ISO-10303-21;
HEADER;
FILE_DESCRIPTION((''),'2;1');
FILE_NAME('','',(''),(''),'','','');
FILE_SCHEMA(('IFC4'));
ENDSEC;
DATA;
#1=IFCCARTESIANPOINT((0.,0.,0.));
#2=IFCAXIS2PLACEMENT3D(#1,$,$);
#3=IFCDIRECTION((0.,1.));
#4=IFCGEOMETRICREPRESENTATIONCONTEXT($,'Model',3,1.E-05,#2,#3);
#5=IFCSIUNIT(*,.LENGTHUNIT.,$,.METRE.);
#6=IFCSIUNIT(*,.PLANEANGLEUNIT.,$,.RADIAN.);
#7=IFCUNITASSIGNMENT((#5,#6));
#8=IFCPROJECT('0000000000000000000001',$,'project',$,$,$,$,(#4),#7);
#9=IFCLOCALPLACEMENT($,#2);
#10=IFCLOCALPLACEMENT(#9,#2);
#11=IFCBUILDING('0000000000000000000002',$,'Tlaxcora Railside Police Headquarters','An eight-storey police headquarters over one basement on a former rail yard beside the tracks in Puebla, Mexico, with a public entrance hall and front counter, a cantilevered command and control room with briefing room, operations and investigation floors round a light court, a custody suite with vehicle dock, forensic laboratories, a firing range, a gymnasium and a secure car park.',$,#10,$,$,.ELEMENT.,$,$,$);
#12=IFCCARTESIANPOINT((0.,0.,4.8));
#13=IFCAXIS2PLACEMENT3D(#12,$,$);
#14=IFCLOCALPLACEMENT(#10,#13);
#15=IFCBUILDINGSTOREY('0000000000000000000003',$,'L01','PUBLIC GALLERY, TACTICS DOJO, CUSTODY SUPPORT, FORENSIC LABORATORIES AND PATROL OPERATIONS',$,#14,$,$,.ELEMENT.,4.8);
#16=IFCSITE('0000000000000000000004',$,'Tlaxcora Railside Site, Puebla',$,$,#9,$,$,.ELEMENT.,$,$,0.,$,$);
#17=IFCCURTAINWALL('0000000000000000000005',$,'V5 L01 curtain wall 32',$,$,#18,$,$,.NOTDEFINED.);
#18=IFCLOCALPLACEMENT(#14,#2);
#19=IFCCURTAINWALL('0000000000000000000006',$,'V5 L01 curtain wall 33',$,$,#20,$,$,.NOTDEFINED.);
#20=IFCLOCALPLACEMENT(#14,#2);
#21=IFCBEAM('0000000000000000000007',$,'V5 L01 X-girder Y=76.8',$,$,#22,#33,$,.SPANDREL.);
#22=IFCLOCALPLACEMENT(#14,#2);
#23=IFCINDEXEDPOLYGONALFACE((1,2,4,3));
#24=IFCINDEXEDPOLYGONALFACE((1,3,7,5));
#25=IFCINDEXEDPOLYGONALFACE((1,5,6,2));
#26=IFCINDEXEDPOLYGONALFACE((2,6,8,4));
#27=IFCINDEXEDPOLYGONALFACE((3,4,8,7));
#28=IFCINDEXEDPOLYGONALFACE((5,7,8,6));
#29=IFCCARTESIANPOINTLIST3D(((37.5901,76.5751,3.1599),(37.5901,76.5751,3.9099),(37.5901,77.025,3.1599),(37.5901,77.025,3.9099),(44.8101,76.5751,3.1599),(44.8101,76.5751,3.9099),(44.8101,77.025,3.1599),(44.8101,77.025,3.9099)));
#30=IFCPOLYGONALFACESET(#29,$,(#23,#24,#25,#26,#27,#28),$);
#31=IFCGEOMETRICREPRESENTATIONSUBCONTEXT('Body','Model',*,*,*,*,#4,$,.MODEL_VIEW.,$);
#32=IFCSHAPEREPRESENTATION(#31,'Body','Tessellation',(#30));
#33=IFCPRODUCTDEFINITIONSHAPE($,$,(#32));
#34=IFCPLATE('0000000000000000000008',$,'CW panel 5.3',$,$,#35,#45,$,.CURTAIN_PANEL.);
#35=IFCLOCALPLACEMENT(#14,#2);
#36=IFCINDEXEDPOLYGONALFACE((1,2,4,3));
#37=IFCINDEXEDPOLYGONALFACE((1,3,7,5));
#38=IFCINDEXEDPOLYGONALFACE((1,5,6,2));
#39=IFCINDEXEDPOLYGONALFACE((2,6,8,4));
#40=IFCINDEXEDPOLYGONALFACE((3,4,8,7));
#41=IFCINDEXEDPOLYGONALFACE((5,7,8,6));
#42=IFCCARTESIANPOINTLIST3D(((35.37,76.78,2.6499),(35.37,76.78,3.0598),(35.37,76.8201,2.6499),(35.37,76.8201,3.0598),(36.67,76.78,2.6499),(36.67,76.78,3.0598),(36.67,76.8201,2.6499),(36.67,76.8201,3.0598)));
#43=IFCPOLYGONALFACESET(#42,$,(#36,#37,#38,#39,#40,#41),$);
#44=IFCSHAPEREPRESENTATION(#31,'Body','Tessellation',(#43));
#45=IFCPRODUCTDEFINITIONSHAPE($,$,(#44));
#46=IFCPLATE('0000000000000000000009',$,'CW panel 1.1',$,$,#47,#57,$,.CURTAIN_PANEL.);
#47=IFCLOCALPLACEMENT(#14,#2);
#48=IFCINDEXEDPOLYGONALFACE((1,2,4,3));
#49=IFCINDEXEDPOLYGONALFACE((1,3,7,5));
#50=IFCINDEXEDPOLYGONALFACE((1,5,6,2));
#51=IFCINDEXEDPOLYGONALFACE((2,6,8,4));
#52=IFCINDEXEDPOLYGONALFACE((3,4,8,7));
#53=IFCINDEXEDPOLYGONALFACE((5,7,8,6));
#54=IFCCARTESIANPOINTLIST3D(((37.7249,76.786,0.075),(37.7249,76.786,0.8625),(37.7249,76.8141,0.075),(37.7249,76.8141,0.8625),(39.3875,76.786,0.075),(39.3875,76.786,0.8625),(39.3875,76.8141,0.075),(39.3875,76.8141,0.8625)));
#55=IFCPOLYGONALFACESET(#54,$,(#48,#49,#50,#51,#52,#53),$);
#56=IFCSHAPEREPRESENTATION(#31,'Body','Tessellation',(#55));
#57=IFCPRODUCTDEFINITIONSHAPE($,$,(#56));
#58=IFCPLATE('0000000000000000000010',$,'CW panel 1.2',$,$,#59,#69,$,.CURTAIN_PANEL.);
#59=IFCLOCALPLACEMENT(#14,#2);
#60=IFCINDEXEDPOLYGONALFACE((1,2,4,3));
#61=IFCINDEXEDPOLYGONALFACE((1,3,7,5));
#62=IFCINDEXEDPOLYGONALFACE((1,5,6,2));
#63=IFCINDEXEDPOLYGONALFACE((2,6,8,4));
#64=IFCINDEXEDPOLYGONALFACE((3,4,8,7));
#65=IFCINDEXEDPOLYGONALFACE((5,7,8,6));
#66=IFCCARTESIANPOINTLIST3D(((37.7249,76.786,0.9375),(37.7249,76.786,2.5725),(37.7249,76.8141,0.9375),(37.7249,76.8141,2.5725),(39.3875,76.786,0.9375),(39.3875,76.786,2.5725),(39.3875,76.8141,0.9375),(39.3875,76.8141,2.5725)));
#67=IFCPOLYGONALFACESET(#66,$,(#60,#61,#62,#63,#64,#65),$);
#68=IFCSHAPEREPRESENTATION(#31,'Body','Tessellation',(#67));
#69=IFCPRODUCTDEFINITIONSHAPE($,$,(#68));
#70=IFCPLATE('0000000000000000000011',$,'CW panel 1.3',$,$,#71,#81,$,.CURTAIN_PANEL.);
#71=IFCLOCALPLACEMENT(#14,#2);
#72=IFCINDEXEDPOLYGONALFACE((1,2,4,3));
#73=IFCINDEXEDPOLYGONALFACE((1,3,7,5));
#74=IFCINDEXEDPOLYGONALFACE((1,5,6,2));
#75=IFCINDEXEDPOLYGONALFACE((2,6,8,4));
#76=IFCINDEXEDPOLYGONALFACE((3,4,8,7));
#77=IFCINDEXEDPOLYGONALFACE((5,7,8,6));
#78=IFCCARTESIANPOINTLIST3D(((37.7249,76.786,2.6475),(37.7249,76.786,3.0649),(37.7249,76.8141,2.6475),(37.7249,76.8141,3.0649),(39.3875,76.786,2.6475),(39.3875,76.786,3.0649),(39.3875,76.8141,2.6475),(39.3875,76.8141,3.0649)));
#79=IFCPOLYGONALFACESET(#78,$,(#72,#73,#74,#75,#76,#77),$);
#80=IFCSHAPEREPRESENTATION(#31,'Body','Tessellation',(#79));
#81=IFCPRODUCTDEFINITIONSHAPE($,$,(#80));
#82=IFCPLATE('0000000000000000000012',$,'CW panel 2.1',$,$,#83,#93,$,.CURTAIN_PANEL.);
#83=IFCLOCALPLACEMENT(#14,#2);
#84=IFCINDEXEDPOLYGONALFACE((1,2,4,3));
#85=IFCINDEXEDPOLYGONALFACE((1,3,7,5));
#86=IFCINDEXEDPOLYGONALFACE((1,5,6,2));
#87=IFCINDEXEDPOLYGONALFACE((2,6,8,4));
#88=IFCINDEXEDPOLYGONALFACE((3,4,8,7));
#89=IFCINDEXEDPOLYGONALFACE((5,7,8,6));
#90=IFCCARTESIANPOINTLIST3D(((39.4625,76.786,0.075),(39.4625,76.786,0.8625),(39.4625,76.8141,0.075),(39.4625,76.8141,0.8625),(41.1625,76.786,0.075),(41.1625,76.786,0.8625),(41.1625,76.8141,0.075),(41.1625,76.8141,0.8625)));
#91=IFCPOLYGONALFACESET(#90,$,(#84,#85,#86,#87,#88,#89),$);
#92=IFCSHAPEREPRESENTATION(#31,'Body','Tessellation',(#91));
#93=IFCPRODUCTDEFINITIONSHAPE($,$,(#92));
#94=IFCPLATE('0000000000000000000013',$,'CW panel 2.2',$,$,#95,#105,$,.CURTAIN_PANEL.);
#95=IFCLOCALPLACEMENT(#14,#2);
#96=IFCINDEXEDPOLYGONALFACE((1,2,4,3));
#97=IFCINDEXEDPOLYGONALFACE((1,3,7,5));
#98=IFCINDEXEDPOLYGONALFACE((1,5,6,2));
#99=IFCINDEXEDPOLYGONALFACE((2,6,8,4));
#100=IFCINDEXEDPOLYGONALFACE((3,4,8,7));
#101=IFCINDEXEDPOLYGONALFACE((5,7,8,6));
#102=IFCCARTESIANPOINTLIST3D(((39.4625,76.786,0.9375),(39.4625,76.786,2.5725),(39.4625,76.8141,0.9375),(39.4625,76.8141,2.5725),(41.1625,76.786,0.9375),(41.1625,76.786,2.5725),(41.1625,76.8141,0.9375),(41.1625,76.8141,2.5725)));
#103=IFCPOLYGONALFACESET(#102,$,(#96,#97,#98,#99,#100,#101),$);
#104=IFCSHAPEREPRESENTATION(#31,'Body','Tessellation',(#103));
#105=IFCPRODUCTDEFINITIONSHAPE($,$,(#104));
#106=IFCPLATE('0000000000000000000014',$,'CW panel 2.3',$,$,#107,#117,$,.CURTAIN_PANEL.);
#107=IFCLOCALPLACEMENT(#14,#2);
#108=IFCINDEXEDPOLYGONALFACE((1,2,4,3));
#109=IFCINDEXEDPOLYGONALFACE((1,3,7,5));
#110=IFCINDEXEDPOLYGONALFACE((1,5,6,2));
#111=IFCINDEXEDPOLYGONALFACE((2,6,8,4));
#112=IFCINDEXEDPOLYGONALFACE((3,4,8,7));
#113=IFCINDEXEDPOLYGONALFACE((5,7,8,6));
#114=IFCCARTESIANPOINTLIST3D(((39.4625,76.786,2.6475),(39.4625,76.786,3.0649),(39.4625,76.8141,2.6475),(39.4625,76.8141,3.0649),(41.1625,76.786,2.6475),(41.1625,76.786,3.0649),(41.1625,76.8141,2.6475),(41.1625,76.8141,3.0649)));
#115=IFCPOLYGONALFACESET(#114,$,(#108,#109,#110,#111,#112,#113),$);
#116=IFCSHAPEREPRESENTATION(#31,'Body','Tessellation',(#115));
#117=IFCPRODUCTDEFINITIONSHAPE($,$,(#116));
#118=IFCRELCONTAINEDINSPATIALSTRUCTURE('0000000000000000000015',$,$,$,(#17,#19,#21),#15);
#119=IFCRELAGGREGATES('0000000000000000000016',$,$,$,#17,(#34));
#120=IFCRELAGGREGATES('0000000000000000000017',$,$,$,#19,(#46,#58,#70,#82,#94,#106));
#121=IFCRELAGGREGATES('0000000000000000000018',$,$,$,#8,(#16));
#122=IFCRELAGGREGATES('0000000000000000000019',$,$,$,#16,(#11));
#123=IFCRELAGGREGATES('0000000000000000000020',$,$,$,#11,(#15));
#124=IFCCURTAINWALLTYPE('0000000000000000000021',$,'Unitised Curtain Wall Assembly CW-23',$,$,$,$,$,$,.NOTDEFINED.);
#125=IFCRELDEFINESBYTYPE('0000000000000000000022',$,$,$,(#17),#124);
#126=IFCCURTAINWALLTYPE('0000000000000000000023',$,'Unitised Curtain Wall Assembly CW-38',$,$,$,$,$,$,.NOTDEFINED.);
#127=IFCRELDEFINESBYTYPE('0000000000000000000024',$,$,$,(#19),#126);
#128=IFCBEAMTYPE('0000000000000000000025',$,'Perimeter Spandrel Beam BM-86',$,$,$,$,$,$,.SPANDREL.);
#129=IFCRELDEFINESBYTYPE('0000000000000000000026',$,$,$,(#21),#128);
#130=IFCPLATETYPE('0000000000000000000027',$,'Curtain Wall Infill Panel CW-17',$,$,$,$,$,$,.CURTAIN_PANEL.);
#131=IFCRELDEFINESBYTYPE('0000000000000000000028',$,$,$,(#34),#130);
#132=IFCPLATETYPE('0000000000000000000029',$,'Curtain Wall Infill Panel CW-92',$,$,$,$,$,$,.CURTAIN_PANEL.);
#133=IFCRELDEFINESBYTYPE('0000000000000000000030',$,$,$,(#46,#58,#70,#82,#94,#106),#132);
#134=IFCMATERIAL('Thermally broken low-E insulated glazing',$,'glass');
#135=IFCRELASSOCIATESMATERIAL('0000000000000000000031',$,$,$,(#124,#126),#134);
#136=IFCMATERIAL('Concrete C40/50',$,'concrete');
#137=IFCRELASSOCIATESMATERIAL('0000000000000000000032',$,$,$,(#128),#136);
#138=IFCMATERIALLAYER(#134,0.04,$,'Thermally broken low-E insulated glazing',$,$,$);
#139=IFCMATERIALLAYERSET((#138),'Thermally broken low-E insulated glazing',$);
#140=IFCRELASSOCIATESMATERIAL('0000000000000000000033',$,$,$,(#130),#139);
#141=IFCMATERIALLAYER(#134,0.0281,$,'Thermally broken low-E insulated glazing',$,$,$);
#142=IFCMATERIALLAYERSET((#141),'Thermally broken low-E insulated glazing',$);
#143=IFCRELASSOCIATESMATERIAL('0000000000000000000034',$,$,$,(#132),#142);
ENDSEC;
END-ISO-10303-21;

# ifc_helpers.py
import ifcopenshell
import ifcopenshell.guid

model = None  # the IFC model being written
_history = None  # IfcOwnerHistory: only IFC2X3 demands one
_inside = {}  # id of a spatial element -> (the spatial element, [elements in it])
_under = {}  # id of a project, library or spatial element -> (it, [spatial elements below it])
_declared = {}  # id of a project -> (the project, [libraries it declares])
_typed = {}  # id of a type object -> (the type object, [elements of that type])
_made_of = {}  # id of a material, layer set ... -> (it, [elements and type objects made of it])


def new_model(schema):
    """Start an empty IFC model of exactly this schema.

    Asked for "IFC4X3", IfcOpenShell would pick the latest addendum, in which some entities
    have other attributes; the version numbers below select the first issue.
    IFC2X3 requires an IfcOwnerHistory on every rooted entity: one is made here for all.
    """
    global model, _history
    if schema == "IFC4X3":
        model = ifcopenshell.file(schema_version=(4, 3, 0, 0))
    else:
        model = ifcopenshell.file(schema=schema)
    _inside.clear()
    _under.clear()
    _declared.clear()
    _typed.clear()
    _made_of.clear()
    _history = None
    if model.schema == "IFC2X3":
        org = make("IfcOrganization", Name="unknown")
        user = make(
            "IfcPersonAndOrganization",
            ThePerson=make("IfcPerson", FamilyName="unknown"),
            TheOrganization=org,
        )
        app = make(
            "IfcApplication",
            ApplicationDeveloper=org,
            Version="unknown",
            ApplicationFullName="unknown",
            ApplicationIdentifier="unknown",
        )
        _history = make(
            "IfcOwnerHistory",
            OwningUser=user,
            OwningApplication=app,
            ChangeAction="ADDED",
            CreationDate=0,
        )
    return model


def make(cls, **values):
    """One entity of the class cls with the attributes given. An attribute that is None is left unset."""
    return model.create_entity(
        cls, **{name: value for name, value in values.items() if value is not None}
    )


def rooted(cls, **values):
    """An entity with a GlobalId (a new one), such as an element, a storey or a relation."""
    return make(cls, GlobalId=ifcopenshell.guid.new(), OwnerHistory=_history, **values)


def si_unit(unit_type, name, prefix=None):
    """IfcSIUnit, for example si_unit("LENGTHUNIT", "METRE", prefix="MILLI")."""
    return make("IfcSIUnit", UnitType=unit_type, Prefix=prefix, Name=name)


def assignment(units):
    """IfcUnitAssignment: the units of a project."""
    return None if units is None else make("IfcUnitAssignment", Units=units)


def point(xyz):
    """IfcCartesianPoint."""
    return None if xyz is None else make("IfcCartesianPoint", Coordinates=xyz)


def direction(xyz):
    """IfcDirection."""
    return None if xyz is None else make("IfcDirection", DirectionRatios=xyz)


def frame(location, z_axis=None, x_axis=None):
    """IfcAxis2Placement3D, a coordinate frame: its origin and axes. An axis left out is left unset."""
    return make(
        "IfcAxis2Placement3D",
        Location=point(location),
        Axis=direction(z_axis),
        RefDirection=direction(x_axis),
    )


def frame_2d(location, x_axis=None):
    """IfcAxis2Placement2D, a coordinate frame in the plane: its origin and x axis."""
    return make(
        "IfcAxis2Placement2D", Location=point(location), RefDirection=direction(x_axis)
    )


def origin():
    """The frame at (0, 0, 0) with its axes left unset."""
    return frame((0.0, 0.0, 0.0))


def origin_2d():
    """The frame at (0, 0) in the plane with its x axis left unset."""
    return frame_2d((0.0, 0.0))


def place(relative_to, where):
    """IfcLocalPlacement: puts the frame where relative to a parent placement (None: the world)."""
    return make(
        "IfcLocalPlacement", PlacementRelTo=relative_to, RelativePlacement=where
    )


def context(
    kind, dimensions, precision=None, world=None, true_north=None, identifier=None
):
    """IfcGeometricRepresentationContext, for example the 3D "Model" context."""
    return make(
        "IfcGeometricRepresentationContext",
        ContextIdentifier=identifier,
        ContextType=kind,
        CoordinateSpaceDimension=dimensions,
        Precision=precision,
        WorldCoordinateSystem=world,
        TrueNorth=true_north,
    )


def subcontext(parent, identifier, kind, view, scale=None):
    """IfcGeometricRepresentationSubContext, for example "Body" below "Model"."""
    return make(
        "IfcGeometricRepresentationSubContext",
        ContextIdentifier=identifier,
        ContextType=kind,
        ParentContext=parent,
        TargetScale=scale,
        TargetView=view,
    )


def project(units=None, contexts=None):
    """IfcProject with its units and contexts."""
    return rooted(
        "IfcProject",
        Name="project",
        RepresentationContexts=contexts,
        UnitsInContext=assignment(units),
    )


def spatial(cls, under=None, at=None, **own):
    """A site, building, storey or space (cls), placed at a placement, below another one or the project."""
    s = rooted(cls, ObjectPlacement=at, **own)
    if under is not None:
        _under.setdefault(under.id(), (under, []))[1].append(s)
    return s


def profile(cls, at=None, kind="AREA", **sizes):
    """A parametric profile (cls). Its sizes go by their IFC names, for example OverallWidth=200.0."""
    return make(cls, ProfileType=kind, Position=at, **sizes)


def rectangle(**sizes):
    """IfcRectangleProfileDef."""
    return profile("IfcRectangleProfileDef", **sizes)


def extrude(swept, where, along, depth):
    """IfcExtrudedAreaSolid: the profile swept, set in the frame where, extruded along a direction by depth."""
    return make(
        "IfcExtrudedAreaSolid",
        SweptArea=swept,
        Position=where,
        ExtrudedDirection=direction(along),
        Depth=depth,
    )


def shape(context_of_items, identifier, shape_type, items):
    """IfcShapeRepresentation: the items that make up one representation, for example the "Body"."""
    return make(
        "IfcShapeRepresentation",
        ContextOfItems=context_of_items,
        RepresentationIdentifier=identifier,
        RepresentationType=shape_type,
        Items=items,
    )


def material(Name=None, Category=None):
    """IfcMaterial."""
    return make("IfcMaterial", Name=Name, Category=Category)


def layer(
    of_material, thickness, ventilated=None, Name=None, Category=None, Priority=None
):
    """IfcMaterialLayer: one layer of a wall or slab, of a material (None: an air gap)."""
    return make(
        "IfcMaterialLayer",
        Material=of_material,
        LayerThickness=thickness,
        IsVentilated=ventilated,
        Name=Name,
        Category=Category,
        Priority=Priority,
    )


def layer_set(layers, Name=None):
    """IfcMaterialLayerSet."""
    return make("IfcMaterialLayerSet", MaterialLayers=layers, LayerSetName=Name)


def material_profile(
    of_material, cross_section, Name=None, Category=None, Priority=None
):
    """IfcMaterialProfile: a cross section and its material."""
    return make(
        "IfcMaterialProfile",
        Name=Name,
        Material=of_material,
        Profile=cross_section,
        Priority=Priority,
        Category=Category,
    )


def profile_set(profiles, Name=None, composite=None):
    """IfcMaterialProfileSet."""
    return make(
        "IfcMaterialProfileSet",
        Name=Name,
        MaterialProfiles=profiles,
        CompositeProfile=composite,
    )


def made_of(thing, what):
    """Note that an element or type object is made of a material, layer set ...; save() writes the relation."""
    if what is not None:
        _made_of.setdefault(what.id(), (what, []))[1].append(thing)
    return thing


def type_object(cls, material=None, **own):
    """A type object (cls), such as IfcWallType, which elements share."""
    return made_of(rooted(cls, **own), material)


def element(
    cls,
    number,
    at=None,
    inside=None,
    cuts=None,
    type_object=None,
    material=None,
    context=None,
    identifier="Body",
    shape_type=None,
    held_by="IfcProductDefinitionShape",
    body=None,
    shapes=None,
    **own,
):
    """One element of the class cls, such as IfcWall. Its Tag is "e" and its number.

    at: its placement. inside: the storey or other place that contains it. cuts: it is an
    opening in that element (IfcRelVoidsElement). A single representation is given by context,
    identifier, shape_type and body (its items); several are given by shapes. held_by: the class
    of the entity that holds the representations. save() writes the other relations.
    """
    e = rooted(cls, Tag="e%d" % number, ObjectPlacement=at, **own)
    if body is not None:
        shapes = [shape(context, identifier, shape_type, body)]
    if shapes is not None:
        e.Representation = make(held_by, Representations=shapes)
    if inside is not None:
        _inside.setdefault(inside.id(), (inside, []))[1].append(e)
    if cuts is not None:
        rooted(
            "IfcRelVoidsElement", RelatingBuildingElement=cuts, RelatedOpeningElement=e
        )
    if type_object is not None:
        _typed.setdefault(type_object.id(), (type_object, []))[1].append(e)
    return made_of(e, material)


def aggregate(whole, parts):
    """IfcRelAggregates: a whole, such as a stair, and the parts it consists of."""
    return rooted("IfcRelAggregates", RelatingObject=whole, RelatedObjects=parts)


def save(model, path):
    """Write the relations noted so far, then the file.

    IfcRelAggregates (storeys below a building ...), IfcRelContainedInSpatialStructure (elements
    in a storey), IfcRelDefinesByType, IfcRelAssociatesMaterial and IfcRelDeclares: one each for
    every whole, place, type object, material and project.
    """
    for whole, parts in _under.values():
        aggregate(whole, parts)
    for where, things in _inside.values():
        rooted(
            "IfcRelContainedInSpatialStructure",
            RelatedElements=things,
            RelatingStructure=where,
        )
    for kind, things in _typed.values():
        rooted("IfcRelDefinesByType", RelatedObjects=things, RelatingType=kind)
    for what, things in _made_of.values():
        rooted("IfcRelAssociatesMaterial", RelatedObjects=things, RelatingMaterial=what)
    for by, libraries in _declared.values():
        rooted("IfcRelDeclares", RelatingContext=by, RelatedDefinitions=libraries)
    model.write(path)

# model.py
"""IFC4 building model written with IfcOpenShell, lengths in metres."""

from ifc_helpers import new_model, si_unit, direction, frame, origin, origin_2d, place, context, subcontext, project, spatial, rectangle, extrude, material, layer, layer_set, material_profile, profile_set, type_object, element, aggregate, save


model = new_model("IFC4")

# Units and contexts
model_context = context("Model", 3, precision=1e-05, world=origin(), true_north=direction((0.0, 1.0)))
body_context = subcontext(model_context, "Body", "Model", "MODEL_VIEW")
ifc_project = project(units=[si_unit("LENGTHUNIT", "METRE"), si_unit("PLANEANGLEUNIT", "RADIAN")], contexts=[model_context])

# Site, building, storey
site_placement = place(None, origin())
site = spatial("IfcSite", under=ifc_project, at=site_placement, Name="Tlaxcora Railside Site, Puebla", CompositionType="ELEMENT", RefElevation=0.0)
building_placement = place(site_placement, origin())
building = spatial("IfcBuilding", under=site, at=building_placement, Name="Tlaxcora Railside Police Headquarters", Description="An eight-storey police headquarters over one basement on a former rail yard beside the tracks in Puebla, Mexico, with a public entrance hall and front counter, a cantilevered command and control room with briefing room, operations and investigation floors round a light court, a custody suite with vehicle dock, forensic laboratories, a firing range, a gymnasium and a secure car park.", CompositionType="ELEMENT")
storey_placement = place(building_placement, frame((0.0, 0.0, 4.8)))
storey = spatial("IfcBuildingStorey", under=building, at=storey_placement, Name="L01", Description="PUBLIC GALLERY, TACTICS DOJO, CUSTODY SUPPORT, FORENSIC LABORATORIES AND PATROL OPERATIONS", CompositionType="ELEMENT", Elevation=4.8)

# Shared definitions
ifc_material_1 = material(Name="Concrete C40/50", Category="concrete")

# Curtain wall
ifc_material_2 = material(Name="Thermally broken low-E insulated glazing", Category="glass")
curtain_wall_type_1 = type_object("IfcCurtainWallType", Name="Unitised Curtain Wall Assembly CW-23", PredefinedType="NOTDEFINED", material=ifc_material_2)
curtain_wall_1_placement = place(storey_placement, origin())
curtain_wall_1 = element("IfcCurtainWall", 1, at=curtain_wall_1_placement, inside=storey, type_object=curtain_wall_type_1, Name="V5 L01 curtain wall 32", PredefinedType="NOTDEFINED")

# Curtain wall
curtain_wall_type_2 = type_object("IfcCurtainWallType", Name="Unitised Curtain Wall Assembly CW-38", PredefinedType="NOTDEFINED", material=ifc_material_2)
curtain_wall_2_placement = place(storey_placement, origin())
curtain_wall_2 = element("IfcCurtainWall", 2, at=curtain_wall_2_placement, inside=storey, type_object=curtain_wall_type_2, Name="V5 L01 curtain wall 33", PredefinedType="NOTDEFINED")

# Beam
ifc_material_profile_1 = material_profile(ifc_material_1, rectangle(XDim=0.45, YDim=0.75, at=origin_2d()), Name="RC450X750")
ifc_profile_set_1 = profile_set([ifc_material_profile_1], Name="Concrete C40/50")
beam_type = type_object("IfcBeamType", Name="Perimeter Spandrel Beam BM-86", PredefinedType="SPANDREL", material=ifc_profile_set_1)
beam_placement = place(storey_placement, frame((37.5901, 76.8, 3.5349), z_axis=(1.0, 0.0, 0.0), x_axis=(0.0, 1.0, 0.0)))
element("IfcBeam", 3, at=beam_placement, inside=storey, type_object=beam_type, Name="V5 L01 X-girder Y=76.8", PredefinedType="SPANDREL", context=body_context, shape_type="SweptSolid", body=[
    extrude(rectangle(XDim=0.45, YDim=0.75, at=origin_2d()), origin(), (0.0, 0.0, 1.0), 7.22),
])

# Plates
ifc_layer_1 = layer(ifc_material_2, 0.04, Name="Thermally broken low-E insulated glazing")
ifc_layer_set_1 = layer_set([ifc_layer_1], Name="Thermally broken low-E insulated glazing")
plate_type_1 = type_object("IfcPlateType", Name="Curtain Wall Infill Panel CW-17", PredefinedType="CURTAIN_PANEL", material=ifc_layer_set_1)
plate_1_placement = place(storey_placement, frame((36.02, 76.8, 2.6499), z_axis=(0.0, 0.0, 1.0), x_axis=(1.0, 0.0, 0.0)))
plate_1 = element("IfcPlate", 4, at=plate_1_placement, type_object=plate_type_1, Name="CW panel 5.3", PredefinedType="CURTAIN_PANEL", context=body_context, shape_type="SweptSolid", body=[
    extrude(rectangle(XDim=1.3, YDim=0.04, at=origin_2d()), origin(), (0.0, 0.0, 1.0), 0.4099),
])
aggregate(curtain_wall_1, [plate_1])
ifc_layer_2 = layer(ifc_material_2, 0.0281, Name="Thermally broken low-E insulated glazing")
ifc_layer_set_2 = layer_set([ifc_layer_2], Name="Thermally broken low-E insulated glazing")
plate_type_2 = type_object("IfcPlateType", Name="Curtain Wall Infill Panel CW-92", PredefinedType="CURTAIN_PANEL", material=ifc_layer_set_2)
plate_2_placement = place(storey_placement, frame((38.5562, 76.8, 0.075), z_axis=(0.0, 0.0, 1.0), x_axis=(1.0, 0.0, 0.0)))
plate_2 = element("IfcPlate", 5, at=plate_2_placement, type_object=plate_type_2, Name="CW panel 1.1", PredefinedType="CURTAIN_PANEL", context=body_context, shape_type="SweptSolid", body=[
    extrude(rectangle(XDim=1.6626, YDim=0.0281, at=origin_2d()), origin(), (0.0, 0.0, 1.0), 0.7876),
])
plate_3_placement = place(storey_placement, frame((38.5562, 76.8, 0.9375), z_axis=(0.0, 0.0, 1.0), x_axis=(1.0, 0.0, 0.0)))
plate_3 = element("IfcPlate", 6, at=plate_3_placement, type_object=plate_type_2, Name="CW panel 1.2", PredefinedType="CURTAIN_PANEL", context=body_context, shape_type="SweptSolid", body=[
    extrude(rectangle(XDim=1.6626, YDim=0.0281, at=origin_2d()), origin(), (0.0, 0.0, 1.0), 1.635),
])
plate_4_placement = place(storey_placement, frame((38.5562, 76.8, 2.6475), z_axis=(0.0, 0.0, 1.0), x_axis=(1.0, 0.0, 0.0)))
plate_4 = element("IfcPlate", 7, at=plate_4_placement, type_object=plate_type_2, Name="CW panel 1.3", PredefinedType="CURTAIN_PANEL", context=body_context, shape_type="SweptSolid", body=[
    extrude(rectangle(XDim=1.6626, YDim=0.0281, at=origin_2d()), origin(), (0.0, 0.0, 1.0), 0.4175),
])
plate_5_placement = place(storey_placement, frame((40.3125, 76.8, 0.075), z_axis=(0.0, 0.0, 1.0), x_axis=(1.0, 0.0, 0.0)))
plate_5 = element("IfcPlate", 8, at=plate_5_placement, type_object=plate_type_2, Name="CW panel 2.1", PredefinedType="CURTAIN_PANEL", context=body_context, shape_type="SweptSolid", body=[
    extrude(rectangle(XDim=1.7, YDim=0.0281, at=origin_2d()), origin(), (0.0, 0.0, 1.0), 0.7876),
])
plate_6_placement = place(storey_placement, frame((40.3125, 76.8, 0.9375), z_axis=(0.0, 0.0, 1.0), x_axis=(1.0, 0.0, 0.0)))
plate_6 = element("IfcPlate", 9, at=plate_6_placement, type_object=plate_type_2, Name="CW panel 2.2", PredefinedType="CURTAIN_PANEL", context=body_context, shape_type="SweptSolid", body=[
    extrude(rectangle(XDim=1.7, YDim=0.0281, at=origin_2d()), origin(), (0.0, 0.0, 1.0), 1.635),
])
plate_7_placement = place(storey_placement, frame((40.3125, 76.8, 2.6475), z_axis=(0.0, 0.0, 1.0), x_axis=(1.0, 0.0, 0.0)))
plate_7 = element("IfcPlate", 10, at=plate_7_placement, type_object=plate_type_2, Name="CW panel 2.3", PredefinedType="CURTAIN_PANEL", context=body_context, shape_type="SweptSolid", body=[
    extrude(rectangle(XDim=1.7, YDim=0.0281, at=origin_2d()), origin(), (0.0, 0.0, 1.0), 0.4175),
])
aggregate(curtain_wall_2, [plate_2, plate_3, plate_4, plate_5, plate_6, plate_7])

save(model, "model.ifc")
